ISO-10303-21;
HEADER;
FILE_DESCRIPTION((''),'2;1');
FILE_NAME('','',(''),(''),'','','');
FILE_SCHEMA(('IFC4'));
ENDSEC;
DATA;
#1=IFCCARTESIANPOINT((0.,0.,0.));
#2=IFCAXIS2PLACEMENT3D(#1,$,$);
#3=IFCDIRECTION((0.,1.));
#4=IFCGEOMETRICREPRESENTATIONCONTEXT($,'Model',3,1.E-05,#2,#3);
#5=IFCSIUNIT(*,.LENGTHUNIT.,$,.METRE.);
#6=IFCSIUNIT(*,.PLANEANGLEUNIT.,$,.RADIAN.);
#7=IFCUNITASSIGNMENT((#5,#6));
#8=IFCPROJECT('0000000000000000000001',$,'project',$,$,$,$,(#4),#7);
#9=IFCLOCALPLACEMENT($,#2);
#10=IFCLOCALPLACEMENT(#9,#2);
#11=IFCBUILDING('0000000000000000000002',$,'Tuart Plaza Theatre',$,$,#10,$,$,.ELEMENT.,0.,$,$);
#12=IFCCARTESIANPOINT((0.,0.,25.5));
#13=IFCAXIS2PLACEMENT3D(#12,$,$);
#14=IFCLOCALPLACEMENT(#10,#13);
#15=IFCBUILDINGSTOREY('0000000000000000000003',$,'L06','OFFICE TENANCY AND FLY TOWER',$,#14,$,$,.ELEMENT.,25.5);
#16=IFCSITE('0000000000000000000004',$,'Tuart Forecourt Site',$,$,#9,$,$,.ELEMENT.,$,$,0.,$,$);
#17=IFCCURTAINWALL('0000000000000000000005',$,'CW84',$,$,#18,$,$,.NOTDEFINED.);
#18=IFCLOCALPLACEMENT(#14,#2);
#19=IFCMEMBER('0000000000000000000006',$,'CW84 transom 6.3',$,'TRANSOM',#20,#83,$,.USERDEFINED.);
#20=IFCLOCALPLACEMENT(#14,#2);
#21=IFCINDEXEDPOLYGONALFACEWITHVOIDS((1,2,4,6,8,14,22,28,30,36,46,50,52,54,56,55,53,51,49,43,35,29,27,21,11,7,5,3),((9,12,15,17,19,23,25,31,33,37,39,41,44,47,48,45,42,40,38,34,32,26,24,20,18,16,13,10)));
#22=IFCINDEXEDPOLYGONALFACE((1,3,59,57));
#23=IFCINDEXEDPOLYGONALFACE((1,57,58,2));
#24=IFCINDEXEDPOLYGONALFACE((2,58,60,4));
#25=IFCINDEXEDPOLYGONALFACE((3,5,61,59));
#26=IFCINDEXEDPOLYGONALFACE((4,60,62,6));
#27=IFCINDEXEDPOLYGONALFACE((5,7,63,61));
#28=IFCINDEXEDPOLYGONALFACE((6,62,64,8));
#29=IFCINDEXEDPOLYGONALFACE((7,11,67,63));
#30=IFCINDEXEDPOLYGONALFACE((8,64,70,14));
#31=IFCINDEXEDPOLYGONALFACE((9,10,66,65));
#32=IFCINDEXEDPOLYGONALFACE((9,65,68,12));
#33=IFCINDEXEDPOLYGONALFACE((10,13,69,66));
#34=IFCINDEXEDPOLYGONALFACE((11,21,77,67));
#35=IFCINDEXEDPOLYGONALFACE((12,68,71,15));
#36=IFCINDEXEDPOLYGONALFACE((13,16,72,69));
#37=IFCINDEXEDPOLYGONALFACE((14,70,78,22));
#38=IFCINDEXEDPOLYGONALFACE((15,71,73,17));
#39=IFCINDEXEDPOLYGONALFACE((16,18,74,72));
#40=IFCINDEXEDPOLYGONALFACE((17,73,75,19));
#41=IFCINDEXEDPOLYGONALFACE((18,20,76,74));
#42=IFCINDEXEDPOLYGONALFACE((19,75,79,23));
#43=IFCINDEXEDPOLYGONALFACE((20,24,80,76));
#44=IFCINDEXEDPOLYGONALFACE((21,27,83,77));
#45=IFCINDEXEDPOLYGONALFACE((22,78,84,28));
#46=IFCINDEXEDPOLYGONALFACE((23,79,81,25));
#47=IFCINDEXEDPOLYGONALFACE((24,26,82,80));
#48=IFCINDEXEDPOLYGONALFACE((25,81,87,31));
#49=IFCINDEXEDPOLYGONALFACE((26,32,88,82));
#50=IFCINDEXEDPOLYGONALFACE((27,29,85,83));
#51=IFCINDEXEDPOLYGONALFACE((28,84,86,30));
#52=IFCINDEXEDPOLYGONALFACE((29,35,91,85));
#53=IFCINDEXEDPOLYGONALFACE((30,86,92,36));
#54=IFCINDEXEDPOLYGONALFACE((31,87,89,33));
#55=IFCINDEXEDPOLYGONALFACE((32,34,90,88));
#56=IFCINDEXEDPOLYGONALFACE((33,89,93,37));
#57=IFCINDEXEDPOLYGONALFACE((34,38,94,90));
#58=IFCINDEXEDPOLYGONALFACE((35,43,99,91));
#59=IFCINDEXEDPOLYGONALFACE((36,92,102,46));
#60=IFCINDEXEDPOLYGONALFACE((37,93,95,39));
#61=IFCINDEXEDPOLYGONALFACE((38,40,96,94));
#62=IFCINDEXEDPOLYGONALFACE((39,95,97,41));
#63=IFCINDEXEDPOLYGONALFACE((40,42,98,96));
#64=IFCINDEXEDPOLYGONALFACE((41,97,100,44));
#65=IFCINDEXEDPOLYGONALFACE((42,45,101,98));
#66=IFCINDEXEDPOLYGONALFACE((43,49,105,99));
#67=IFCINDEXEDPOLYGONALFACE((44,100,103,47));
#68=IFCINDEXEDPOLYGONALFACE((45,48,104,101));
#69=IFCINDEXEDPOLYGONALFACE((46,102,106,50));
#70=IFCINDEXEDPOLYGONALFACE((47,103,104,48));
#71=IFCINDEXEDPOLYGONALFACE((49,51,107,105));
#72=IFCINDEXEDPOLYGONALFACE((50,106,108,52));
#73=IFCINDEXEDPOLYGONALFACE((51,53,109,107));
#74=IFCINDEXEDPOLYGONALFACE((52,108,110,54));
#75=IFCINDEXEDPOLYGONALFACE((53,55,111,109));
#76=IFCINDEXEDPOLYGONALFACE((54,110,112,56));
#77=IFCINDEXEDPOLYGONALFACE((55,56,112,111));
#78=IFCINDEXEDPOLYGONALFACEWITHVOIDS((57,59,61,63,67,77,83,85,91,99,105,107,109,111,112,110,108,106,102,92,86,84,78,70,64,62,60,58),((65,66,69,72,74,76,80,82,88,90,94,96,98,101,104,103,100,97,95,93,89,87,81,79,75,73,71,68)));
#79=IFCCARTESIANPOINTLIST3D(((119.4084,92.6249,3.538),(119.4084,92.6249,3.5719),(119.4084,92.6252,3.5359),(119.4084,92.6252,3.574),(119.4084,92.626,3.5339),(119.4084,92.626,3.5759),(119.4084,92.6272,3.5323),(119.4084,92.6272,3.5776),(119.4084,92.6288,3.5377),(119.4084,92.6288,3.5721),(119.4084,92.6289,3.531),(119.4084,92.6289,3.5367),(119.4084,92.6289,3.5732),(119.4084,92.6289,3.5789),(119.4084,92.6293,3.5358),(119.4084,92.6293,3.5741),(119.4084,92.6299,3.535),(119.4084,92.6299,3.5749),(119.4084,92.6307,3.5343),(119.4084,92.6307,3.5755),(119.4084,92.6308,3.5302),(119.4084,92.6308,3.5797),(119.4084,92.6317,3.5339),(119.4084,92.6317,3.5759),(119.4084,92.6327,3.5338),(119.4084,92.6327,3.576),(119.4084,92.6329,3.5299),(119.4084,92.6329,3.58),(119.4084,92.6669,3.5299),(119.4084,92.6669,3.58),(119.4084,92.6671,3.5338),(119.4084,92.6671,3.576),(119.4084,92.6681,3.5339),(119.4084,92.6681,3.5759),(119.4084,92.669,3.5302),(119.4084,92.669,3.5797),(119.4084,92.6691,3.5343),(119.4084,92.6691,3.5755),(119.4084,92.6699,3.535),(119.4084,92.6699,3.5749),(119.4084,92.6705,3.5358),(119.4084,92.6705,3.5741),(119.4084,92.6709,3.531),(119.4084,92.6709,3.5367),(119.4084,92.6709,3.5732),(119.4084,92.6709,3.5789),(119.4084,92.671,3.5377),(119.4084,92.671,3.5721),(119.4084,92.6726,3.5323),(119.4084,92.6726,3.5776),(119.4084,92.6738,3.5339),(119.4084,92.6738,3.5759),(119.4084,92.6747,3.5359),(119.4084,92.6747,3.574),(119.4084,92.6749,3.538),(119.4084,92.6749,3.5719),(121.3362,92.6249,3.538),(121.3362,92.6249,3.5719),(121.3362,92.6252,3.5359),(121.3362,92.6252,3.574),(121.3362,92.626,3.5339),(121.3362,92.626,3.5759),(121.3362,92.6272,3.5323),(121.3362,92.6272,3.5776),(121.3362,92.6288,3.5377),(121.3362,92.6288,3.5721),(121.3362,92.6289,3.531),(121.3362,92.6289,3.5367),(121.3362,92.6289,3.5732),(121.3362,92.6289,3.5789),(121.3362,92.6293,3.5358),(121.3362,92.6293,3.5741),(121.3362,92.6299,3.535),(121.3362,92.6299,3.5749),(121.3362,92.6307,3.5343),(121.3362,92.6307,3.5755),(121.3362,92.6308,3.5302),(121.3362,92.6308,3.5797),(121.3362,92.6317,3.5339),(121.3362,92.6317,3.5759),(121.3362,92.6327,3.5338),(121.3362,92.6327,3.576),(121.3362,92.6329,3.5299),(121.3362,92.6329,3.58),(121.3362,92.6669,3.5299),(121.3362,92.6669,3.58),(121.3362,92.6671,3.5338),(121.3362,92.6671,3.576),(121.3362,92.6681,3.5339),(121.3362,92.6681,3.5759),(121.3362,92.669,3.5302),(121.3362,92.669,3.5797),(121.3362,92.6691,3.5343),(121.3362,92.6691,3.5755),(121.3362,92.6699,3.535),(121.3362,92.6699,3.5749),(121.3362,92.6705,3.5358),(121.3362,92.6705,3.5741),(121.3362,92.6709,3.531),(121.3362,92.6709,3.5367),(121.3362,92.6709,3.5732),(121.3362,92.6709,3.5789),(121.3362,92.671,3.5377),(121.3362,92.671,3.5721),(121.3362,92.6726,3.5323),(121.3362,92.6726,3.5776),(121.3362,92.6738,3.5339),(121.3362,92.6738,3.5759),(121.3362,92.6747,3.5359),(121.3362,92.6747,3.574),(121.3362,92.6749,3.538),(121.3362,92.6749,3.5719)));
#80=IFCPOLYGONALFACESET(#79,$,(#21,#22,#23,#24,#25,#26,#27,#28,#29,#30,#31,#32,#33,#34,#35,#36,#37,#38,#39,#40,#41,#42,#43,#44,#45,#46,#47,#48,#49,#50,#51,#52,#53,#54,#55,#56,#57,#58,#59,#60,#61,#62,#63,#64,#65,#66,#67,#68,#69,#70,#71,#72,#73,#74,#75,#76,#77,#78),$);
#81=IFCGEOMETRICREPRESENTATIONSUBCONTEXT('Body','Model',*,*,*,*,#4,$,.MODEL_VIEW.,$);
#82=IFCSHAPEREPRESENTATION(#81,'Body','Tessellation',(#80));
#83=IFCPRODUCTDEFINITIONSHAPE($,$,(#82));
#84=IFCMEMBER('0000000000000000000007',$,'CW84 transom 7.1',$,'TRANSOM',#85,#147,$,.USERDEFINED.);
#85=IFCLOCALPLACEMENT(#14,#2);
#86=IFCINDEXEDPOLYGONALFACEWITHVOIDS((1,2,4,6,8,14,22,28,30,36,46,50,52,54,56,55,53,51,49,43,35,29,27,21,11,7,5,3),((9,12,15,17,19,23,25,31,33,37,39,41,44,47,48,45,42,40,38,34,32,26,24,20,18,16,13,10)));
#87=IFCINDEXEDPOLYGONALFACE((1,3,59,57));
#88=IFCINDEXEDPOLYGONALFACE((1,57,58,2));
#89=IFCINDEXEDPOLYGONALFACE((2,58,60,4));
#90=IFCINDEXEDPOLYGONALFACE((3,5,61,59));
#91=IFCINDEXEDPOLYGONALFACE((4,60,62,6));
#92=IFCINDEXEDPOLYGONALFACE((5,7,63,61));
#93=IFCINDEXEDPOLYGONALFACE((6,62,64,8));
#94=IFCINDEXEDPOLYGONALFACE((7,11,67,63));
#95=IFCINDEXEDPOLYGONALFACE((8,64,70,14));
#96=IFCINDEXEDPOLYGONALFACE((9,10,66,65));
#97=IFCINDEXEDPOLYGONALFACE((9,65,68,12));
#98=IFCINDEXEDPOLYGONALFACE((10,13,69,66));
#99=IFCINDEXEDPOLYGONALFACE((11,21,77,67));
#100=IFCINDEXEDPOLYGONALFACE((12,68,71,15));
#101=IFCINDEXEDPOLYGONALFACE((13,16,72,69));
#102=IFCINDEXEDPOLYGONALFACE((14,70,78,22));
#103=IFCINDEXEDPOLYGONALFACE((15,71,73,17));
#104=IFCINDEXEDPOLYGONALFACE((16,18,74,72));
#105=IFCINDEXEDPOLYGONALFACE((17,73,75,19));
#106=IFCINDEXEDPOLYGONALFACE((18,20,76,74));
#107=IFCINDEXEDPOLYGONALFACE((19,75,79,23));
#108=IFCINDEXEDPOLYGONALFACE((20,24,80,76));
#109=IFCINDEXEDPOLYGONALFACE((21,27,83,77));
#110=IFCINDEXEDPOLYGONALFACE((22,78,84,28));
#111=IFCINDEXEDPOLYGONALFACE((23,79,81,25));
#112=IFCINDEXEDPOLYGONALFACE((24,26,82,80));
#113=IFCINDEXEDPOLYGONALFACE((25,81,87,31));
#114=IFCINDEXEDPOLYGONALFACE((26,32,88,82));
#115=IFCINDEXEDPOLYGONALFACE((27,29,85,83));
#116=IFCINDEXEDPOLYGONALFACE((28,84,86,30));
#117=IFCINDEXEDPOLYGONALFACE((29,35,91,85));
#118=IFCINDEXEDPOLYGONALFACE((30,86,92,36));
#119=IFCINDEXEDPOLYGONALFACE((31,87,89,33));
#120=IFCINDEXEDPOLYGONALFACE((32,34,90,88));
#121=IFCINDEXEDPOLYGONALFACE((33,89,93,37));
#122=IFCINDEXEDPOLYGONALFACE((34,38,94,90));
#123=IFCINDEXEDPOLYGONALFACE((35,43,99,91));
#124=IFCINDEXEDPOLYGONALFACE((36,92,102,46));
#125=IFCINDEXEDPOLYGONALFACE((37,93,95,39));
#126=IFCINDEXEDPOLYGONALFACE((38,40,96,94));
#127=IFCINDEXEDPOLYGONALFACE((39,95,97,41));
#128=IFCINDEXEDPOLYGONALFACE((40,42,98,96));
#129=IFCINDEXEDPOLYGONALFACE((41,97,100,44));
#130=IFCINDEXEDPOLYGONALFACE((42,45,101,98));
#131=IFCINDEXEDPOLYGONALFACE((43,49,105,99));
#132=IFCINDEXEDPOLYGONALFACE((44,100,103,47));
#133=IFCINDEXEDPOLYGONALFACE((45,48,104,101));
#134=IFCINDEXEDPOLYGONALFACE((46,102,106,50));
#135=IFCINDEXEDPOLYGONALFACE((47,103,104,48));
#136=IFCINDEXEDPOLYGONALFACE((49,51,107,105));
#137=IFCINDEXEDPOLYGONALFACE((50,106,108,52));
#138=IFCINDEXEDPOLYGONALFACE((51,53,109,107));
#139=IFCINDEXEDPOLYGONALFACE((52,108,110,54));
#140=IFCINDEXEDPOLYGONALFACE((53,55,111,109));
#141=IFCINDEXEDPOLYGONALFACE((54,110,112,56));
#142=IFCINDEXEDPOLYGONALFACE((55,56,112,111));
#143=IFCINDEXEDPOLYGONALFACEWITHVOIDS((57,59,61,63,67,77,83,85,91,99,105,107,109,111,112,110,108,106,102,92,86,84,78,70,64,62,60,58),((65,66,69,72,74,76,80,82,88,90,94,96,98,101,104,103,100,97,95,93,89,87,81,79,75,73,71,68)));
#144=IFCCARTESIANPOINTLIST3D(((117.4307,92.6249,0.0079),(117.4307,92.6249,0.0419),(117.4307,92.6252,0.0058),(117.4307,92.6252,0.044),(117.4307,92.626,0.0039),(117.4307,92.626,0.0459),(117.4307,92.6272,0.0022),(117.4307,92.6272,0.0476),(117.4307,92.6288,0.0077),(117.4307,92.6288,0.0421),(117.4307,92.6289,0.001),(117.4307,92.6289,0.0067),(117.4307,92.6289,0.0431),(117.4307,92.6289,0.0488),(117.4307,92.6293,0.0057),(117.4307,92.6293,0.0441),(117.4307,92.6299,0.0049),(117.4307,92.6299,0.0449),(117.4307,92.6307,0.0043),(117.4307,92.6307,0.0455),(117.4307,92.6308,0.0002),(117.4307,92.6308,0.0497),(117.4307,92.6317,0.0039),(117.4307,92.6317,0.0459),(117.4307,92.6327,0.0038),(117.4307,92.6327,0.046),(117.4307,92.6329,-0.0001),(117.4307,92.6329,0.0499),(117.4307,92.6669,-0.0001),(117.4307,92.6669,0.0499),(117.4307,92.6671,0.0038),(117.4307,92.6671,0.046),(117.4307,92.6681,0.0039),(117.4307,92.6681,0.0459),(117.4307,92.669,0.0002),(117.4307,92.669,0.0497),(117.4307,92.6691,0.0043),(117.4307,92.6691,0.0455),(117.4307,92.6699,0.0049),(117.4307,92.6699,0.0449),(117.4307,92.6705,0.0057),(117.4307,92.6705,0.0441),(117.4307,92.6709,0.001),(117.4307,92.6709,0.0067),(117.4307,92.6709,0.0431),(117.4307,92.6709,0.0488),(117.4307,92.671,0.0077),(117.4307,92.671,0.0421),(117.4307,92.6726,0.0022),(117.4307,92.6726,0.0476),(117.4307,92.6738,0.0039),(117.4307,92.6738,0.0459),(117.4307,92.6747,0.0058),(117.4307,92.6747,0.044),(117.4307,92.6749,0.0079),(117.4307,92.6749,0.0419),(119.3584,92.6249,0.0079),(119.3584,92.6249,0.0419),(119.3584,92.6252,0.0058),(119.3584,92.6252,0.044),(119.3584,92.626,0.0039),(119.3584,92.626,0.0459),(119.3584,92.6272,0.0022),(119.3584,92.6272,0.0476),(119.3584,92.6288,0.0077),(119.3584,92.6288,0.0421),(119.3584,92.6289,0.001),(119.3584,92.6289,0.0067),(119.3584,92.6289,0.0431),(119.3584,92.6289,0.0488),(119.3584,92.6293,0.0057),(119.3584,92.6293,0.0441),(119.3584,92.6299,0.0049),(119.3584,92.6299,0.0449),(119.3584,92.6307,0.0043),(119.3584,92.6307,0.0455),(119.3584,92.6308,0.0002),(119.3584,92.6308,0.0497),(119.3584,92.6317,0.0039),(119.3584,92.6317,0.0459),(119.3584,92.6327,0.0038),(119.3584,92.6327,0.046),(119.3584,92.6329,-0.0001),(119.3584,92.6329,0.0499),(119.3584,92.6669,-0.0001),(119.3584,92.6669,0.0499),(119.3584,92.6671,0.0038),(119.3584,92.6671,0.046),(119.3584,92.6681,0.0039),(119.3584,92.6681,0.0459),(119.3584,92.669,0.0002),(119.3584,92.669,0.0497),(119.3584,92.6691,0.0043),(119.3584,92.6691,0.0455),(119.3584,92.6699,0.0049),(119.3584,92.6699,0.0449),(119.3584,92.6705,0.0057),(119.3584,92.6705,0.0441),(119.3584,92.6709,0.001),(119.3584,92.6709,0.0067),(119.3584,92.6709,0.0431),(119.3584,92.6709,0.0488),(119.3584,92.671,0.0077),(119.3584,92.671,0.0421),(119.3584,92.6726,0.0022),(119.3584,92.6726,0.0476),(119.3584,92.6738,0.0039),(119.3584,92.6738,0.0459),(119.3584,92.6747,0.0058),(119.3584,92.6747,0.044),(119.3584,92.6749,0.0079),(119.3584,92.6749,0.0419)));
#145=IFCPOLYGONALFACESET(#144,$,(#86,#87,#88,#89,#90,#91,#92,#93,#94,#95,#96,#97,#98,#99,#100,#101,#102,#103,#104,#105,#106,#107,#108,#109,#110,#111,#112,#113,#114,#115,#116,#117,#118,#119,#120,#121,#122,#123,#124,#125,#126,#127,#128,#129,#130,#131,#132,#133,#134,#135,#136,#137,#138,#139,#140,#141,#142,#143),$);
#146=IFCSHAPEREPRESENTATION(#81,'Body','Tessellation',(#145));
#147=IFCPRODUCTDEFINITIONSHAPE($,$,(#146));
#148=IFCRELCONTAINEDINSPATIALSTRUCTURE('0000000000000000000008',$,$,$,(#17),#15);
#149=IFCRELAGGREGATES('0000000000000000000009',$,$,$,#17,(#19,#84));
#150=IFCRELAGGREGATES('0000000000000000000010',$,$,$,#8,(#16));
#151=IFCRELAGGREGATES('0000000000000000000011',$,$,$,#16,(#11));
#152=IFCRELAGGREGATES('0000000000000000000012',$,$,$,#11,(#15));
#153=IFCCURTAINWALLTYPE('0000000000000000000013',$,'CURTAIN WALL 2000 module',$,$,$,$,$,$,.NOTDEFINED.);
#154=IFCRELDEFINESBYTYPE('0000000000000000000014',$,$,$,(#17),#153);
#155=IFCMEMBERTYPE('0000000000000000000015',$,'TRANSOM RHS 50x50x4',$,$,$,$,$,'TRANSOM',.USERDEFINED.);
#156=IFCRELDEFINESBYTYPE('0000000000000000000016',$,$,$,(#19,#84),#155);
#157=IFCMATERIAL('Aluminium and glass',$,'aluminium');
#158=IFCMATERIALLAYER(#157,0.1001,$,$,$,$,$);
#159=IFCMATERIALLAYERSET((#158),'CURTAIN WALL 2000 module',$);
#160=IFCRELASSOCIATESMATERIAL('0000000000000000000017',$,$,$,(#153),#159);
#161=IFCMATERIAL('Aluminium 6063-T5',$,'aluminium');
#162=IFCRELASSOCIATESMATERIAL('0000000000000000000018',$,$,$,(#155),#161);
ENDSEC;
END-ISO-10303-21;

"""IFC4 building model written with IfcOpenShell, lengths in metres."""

from ifc_helpers import new_model, si_unit, direction, frame, origin, origin_2d, place, context, subcontext, project, spatial, hollow_rectangle, extrude, material, layer, layer_set, material_profile, profile_set, type_object, element, aggregate, save


model = new_model("IFC4")

# Units and contexts
model_context = context("Model", 3, precision=1e-05, world=origin(), true_north=direction((0.0, 1.0)))
body_context = subcontext(model_context, "Body", "Model", "MODEL_VIEW")
ifc_project = project(units=[si_unit("LENGTHUNIT", "METRE"), si_unit("PLANEANGLEUNIT", "RADIAN")], contexts=[model_context])

# Site, building, storey
site_placement = place(None, origin())
site = spatial("IfcSite", under=ifc_project, at=site_placement, Name="Tuart Forecourt Site", CompositionType="ELEMENT", RefElevation=0.0)
building_placement = place(site_placement, origin())
building = spatial("IfcBuilding", under=site, at=building_placement, Name="Tuart Plaza Theatre", CompositionType="ELEMENT", ElevationOfRefHeight=0.0)
storey_placement = place(building_placement, frame((0.0, 0.0, 25.5)))
storey = spatial("IfcBuildingStorey", under=building, at=storey_placement, Name="L06", Description="OFFICE TENANCY AND FLY TOWER", CompositionType="ELEMENT", Elevation=25.5)

# Curtain wall, members
ifc_material_1 = material(Name="Aluminium and glass", Category="aluminium")
ifc_layer_1 = layer(ifc_material_1, 0.1001)
ifc_layer_set_1 = layer_set([ifc_layer_1], Name="CURTAIN WALL 2000 module")
curtain_wall_type = type_object("IfcCurtainWallType", Name="CURTAIN WALL 2000 module", PredefinedType="NOTDEFINED", material=ifc_layer_set_1)
curtain_wall_placement = place(storey_placement, origin())
curtain_wall = element("IfcCurtainWall", 1, at=curtain_wall_placement, inside=storey, type_object=curtain_wall_type, Name="CW84", PredefinedType="NOTDEFINED")
ifc_material_2 = material(Name="Aluminium 6063-T5", Category="aluminium")
ifc_material_profile_1 = material_profile(ifc_material_2, hollow_rectangle(XDim=0.05, YDim=0.05, WallThickness=0.0039, InnerFilletRadius=0.0039, OuterFilletRadius=0.0081, at=origin_2d()), Name="RHS 50x50x4")
ifc_profile_set_1 = profile_set([ifc_material_profile_1], Name="Aluminium 6063-T5")
member_type_1 = type_object("IfcMemberType", Name="TRANSOM RHS 50x50x4", ElementType="TRANSOM", PredefinedType="USERDEFINED", material=ifc_profile_set_1)
member_1_placement = place(storey_placement, frame((121.3362, 92.6499, 3.5549), z_axis=(-1.0, 0.0, 0.0), x_axis=(0.0, -1.0, 0.0)))
member_1 = element("IfcMember", 2, at=member_1_placement, type_object=member_type_1, Name="CW84 transom 6.3", ObjectType="TRANSOM", PredefinedType="USERDEFINED", context=body_context, shape_type="SweptSolid", body=[
    extrude(hollow_rectangle(XDim=0.05, YDim=0.05, WallThickness=0.0039, InnerFilletRadius=0.0039, OuterFilletRadius=0.0081, at=origin_2d()), origin(), (0.0, 0.0, 1.0), 1.9277),
])
member_2_placement = place(storey_placement, frame((119.3584, 92.6499, 0.0249), z_axis=(-1.0, 0.0, 0.0), x_axis=(0.0, -1.0, 0.0)))
member_2 = element("IfcMember", 3, at=member_2_placement, type_object=member_type_1, Name="CW84 transom 7.1", ObjectType="TRANSOM", PredefinedType="USERDEFINED", context=body_context, shape_type="SweptSolid", body=[
    extrude(hollow_rectangle(XDim=0.05, YDim=0.05, WallThickness=0.0039, InnerFilletRadius=0.0039, OuterFilletRadius=0.0081, at=origin_2d()), origin(), (0.0, 0.0, 1.0), 1.9277),
])
aggregate(curtain_wall, [member_1, member_2])

save(model, "model.ifc")
